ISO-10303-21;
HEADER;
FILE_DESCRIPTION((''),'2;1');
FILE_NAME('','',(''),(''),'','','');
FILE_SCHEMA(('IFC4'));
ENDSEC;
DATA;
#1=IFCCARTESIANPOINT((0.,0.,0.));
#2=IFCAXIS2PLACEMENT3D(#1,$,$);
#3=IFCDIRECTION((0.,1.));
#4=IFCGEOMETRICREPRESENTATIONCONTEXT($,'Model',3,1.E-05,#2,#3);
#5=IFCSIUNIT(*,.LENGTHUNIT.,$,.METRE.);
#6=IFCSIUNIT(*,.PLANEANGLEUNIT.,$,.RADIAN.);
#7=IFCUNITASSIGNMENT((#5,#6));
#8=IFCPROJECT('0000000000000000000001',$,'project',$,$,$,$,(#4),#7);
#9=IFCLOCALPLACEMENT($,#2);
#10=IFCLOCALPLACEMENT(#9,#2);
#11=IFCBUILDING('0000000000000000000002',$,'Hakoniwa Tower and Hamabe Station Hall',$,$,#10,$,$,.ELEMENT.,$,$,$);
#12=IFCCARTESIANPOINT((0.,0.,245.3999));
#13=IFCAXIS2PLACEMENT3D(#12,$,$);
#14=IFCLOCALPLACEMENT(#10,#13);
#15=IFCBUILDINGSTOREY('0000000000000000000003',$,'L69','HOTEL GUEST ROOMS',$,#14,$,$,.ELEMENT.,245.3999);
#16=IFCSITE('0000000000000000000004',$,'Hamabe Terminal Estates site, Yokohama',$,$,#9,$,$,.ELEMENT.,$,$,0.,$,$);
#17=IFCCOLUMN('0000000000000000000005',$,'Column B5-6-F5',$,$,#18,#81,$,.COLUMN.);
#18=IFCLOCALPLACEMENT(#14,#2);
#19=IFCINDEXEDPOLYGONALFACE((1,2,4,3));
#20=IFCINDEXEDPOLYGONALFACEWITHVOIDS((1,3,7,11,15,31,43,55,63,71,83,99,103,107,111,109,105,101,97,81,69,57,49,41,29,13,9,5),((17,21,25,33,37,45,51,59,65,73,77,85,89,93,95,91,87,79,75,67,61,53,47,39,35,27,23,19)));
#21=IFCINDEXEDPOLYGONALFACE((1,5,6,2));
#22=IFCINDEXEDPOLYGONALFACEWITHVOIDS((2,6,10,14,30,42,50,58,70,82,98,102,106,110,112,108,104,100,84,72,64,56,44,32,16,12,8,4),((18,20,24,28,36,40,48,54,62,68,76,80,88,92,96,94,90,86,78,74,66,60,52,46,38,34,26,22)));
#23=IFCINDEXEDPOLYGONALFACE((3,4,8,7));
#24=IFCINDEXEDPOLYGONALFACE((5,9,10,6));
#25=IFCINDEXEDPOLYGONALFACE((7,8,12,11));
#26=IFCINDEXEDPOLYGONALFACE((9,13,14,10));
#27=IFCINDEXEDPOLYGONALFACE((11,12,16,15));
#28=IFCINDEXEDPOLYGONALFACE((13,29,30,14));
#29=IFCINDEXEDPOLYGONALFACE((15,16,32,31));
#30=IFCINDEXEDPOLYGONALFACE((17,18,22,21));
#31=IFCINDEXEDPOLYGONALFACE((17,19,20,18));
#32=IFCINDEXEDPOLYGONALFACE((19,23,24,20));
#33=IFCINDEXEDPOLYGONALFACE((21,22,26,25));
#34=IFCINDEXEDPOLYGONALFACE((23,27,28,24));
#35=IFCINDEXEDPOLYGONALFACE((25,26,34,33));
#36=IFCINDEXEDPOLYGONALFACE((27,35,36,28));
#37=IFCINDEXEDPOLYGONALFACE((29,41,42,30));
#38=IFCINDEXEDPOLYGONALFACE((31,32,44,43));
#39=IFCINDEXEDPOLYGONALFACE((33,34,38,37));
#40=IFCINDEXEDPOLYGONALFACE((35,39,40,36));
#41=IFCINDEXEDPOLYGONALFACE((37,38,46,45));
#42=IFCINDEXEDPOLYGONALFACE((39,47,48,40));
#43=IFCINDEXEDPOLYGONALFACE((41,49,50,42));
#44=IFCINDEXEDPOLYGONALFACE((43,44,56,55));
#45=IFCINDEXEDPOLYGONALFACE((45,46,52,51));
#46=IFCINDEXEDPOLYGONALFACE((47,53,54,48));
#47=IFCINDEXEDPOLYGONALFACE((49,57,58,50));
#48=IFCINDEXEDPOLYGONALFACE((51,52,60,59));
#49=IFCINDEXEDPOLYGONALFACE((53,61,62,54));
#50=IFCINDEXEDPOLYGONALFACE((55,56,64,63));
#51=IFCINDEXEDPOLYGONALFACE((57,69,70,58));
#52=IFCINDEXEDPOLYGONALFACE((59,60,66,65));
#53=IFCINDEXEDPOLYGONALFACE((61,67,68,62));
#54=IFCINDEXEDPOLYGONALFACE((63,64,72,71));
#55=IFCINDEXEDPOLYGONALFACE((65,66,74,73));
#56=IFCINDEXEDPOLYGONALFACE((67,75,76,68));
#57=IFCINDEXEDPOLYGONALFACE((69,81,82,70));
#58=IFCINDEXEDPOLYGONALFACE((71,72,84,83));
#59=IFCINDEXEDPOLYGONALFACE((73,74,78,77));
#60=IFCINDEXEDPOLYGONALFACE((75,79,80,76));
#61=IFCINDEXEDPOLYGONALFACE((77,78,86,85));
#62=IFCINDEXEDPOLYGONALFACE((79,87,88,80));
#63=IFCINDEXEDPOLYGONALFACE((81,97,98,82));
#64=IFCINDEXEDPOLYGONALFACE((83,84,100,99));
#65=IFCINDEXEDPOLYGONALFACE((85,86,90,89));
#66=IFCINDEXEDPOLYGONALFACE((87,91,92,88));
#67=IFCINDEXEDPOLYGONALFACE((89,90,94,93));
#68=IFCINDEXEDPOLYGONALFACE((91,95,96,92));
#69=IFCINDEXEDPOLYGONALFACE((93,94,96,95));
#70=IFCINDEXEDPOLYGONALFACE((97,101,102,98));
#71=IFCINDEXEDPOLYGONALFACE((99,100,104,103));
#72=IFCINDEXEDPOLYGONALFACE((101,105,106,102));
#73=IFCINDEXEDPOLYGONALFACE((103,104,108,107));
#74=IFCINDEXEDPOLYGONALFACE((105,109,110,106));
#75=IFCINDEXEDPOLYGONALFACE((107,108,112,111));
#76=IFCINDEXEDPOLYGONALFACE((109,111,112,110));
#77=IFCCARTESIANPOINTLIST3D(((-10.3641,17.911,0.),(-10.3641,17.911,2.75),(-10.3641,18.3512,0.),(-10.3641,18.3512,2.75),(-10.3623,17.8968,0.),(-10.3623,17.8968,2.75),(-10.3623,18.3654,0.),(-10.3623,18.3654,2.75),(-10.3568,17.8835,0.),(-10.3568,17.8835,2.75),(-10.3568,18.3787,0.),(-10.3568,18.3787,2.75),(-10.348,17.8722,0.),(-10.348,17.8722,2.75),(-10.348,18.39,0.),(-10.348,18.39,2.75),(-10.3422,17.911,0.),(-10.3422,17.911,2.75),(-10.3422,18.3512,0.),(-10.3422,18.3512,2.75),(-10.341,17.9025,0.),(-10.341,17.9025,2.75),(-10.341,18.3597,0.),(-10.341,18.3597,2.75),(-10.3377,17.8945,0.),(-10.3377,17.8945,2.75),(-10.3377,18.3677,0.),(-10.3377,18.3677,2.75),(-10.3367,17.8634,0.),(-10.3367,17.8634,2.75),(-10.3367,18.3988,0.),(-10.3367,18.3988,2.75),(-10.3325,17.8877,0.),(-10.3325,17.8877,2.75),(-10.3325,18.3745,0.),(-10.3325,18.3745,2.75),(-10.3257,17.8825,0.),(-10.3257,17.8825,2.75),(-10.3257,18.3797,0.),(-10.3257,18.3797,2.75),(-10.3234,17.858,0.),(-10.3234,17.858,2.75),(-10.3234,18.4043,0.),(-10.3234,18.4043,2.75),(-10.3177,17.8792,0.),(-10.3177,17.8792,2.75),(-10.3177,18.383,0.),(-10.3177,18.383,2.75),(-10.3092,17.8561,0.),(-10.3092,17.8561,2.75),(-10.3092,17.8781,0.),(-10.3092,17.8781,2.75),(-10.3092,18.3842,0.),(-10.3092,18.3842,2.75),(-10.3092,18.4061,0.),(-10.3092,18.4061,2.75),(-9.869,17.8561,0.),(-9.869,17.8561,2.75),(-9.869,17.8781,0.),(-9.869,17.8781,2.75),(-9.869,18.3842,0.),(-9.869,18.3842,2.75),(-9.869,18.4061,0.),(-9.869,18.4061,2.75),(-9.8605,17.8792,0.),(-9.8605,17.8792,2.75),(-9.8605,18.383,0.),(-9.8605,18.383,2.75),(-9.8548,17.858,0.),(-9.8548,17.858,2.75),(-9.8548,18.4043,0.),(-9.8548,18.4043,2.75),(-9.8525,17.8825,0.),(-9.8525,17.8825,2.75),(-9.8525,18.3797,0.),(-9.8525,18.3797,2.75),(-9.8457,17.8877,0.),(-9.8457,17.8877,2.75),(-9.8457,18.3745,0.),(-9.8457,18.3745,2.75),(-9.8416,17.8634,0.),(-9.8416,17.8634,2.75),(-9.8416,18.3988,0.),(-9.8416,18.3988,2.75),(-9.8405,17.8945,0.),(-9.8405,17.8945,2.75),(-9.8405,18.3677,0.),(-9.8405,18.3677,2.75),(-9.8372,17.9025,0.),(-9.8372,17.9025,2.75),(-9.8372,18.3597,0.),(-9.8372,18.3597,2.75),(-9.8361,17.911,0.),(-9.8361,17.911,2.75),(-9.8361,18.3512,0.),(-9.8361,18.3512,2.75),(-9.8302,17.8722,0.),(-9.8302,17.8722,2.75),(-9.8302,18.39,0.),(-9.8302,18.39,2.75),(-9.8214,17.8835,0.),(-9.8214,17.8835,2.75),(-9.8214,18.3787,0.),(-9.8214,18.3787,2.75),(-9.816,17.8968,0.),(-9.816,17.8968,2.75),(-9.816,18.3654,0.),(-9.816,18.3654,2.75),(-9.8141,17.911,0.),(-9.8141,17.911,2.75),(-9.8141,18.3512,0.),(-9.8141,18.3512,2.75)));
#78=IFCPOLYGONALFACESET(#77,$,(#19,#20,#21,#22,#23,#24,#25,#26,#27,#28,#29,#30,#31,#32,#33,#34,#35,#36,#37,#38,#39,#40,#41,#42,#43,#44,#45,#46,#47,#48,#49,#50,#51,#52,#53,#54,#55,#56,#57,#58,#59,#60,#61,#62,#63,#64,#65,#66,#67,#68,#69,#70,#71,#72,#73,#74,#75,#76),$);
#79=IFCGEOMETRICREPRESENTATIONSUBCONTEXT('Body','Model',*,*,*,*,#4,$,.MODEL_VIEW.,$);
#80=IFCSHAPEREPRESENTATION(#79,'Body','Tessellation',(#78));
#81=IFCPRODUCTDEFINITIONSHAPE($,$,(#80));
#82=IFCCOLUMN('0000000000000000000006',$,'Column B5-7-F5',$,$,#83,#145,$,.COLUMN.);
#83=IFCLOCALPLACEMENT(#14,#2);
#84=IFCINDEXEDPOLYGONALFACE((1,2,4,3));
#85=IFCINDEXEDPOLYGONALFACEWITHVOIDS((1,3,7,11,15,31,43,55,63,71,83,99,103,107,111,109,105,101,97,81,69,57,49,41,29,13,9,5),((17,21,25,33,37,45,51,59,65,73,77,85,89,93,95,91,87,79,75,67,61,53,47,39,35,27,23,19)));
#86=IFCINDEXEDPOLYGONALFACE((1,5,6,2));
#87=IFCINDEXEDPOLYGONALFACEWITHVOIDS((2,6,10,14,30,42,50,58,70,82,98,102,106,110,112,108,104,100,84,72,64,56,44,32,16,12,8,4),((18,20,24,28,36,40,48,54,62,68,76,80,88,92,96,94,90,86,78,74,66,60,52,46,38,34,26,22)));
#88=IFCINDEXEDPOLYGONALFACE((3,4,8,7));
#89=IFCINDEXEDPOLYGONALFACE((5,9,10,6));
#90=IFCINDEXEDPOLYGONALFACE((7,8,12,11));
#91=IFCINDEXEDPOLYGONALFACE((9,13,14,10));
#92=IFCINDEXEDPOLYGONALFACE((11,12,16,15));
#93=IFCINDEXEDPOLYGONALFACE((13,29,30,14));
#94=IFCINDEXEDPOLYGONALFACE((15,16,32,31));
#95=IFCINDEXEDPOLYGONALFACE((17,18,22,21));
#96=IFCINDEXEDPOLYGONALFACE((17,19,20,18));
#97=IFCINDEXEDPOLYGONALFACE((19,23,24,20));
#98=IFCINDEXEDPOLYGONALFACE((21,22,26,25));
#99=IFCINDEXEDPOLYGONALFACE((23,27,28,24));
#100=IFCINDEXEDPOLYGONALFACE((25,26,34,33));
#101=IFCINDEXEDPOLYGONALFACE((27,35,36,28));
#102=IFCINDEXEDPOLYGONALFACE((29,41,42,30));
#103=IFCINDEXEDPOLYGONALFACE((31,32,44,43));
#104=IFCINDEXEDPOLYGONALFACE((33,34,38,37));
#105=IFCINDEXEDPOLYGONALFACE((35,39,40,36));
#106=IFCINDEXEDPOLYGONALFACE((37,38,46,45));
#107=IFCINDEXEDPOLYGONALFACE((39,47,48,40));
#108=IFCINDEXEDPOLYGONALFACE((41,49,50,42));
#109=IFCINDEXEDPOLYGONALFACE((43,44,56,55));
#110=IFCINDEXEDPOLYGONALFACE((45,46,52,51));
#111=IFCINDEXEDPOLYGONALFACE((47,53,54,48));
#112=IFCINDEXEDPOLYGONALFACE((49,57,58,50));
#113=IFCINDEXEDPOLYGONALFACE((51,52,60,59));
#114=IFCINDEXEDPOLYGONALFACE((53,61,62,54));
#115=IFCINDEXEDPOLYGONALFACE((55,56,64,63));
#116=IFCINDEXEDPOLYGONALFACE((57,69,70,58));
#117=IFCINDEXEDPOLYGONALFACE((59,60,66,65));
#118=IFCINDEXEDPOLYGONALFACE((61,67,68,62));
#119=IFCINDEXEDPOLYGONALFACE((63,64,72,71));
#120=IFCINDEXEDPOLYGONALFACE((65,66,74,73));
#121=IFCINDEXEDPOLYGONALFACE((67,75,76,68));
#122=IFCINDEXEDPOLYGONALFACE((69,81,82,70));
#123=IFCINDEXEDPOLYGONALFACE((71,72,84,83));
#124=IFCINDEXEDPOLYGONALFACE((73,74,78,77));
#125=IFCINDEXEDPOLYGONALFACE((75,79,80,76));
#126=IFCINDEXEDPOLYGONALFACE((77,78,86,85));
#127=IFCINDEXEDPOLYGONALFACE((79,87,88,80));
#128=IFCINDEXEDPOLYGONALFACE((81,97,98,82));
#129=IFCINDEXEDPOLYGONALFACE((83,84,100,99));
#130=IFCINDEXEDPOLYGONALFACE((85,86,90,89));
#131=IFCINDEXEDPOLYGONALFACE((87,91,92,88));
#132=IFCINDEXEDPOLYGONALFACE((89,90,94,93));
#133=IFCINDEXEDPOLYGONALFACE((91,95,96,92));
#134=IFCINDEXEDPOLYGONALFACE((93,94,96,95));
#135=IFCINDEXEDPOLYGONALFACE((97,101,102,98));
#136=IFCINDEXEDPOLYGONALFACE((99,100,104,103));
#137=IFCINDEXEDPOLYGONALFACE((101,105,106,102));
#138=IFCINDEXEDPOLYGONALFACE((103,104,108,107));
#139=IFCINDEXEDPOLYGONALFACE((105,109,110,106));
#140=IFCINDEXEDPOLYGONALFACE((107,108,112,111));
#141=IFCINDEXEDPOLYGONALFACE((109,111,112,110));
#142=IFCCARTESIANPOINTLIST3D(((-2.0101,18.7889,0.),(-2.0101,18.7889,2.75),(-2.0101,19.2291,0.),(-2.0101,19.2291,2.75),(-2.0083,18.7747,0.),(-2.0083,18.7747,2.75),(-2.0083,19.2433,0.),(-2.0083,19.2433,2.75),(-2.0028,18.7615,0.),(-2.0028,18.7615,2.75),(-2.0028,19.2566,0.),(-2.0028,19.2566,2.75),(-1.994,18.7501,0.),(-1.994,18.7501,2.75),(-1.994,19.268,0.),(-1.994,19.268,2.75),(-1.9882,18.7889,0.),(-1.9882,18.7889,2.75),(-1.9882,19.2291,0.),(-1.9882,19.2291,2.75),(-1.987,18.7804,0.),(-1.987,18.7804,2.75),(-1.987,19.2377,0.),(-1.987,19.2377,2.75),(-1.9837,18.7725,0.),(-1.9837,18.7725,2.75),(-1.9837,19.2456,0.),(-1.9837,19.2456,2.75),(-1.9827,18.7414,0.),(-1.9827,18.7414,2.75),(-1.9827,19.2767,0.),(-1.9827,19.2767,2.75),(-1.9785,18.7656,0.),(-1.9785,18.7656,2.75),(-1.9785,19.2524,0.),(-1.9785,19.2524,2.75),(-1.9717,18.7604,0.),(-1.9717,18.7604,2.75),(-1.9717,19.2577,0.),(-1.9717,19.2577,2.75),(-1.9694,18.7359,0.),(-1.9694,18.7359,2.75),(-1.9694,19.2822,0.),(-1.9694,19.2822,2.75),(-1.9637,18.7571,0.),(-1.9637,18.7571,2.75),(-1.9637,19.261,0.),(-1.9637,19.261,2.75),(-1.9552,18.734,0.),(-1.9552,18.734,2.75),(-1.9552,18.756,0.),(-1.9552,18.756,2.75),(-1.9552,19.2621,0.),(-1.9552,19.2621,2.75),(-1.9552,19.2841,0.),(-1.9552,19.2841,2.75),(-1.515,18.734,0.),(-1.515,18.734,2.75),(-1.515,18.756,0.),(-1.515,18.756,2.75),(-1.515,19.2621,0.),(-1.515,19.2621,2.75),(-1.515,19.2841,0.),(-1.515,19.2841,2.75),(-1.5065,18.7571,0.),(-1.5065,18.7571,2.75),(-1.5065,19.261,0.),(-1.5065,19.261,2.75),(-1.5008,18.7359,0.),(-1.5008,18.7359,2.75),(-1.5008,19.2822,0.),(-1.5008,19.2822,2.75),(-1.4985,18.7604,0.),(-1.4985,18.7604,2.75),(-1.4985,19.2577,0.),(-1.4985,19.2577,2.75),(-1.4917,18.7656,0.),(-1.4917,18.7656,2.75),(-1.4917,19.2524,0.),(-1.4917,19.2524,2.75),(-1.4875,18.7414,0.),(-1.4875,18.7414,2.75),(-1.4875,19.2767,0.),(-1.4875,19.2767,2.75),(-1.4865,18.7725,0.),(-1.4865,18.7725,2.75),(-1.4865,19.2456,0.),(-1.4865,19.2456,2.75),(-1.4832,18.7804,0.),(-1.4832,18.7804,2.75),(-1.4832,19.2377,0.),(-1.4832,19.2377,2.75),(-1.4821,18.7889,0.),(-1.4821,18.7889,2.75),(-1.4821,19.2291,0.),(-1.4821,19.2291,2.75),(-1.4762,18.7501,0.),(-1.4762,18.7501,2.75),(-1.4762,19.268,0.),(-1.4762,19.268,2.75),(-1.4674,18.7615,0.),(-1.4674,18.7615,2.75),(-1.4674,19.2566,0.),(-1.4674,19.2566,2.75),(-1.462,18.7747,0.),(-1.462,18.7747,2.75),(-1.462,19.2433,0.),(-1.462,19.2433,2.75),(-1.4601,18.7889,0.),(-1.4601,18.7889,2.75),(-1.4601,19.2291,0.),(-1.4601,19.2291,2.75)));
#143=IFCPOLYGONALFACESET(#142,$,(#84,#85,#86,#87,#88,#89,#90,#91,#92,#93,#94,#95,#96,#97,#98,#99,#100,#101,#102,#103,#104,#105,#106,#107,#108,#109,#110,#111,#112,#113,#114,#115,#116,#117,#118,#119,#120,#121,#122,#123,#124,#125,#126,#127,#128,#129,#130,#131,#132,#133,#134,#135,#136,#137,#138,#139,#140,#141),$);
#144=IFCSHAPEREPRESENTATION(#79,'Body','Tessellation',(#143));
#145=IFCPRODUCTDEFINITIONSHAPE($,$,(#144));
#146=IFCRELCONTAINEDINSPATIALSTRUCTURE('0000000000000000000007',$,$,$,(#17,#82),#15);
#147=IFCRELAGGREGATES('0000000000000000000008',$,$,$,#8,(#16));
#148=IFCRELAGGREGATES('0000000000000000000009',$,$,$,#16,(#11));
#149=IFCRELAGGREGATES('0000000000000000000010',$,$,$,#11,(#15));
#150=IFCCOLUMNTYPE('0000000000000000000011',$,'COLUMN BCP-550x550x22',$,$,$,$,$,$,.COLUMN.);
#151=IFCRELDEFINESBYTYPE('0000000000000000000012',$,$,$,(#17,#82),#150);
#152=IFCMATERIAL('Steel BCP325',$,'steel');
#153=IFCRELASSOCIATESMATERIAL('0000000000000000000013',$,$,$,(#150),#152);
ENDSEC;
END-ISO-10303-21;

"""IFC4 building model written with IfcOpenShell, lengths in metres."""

from ifc_helpers import new_model, si_unit, direction, frame, origin, origin_2d, place, context, subcontext, project, spatial, hollow_rectangle, extrude, material, material_profile, profile_set, type_object, element, save


model = new_model("IFC4")

# Units and contexts
model_context = context("Model", 3, precision=1e-05, world=origin(), true_north=direction((0.0, 1.0)))
body_context = subcontext(model_context, "Body", "Model", "MODEL_VIEW")
ifc_project = project(units=[si_unit("LENGTHUNIT", "METRE"), si_unit("PLANEANGLEUNIT", "RADIAN")], contexts=[model_context])

# Site, building, storey
site_placement = place(None, origin())
site = spatial("IfcSite", under=ifc_project, at=site_placement, Name="Hamabe Terminal Estates site, Yokohama", CompositionType="ELEMENT", RefElevation=0.0)
building_placement = place(site_placement, origin())
building = spatial("IfcBuilding", under=site, at=building_placement, Name="Hakoniwa Tower and Hamabe Station Hall", CompositionType="ELEMENT")
storey_placement = place(building_placement, frame((0.0, 0.0, 245.3999)))
storey = spatial("IfcBuildingStorey", under=building, at=storey_placement, Name="L69", Description="HOTEL GUEST ROOMS", CompositionType="ELEMENT", Elevation=245.3999)

# Columns
ifc_material_1 = material(Name="Steel BCP325", Category="steel")
ifc_material_profile_1 = material_profile(ifc_material_1, hollow_rectangle(XDim=0.55, YDim=0.55, WallThickness=0.022, InnerFilletRadius=0.033, OuterFilletRadius=0.0549, at=origin_2d()), Name="BCP-550x550x22")
ifc_profile_set_1 = profile_set([ifc_material_profile_1], Name="Steel BCP325")
column_type_1 = type_object("IfcColumnType", Name="COLUMN BCP-550x550x22", PredefinedType="COLUMN", material=ifc_profile_set_1)
for number, where, z_axis, x_axis, name in (
    (1, (-10.0891, 18.1311, 0.0), (0.0, 0.0, 1.0), (1.0, 0.0, 0.0), "Column B5-6-F5"),
    (2, (-1.7351, 19.009, 0.0), (0.0, 0.0, 1.0), (1.0, 0.0, 0.0), "Column B5-7-F5"),
):
    element("IfcColumn", number, at=place(storey_placement, frame(where, z_axis=z_axis, x_axis=x_axis)), inside=storey, type_object=column_type_1, Name=name, PredefinedType="COLUMN", context=body_context, shape_type="SweptSolid", body=[
        extrude(hollow_rectangle(XDim=0.55, YDim=0.55, WallThickness=0.022, InnerFilletRadius=0.033, OuterFilletRadius=0.0549, at=origin_2d()), origin(), (0.0, 0.0, 1.0), 2.75),
    ])

save(model, "model.ifc")
